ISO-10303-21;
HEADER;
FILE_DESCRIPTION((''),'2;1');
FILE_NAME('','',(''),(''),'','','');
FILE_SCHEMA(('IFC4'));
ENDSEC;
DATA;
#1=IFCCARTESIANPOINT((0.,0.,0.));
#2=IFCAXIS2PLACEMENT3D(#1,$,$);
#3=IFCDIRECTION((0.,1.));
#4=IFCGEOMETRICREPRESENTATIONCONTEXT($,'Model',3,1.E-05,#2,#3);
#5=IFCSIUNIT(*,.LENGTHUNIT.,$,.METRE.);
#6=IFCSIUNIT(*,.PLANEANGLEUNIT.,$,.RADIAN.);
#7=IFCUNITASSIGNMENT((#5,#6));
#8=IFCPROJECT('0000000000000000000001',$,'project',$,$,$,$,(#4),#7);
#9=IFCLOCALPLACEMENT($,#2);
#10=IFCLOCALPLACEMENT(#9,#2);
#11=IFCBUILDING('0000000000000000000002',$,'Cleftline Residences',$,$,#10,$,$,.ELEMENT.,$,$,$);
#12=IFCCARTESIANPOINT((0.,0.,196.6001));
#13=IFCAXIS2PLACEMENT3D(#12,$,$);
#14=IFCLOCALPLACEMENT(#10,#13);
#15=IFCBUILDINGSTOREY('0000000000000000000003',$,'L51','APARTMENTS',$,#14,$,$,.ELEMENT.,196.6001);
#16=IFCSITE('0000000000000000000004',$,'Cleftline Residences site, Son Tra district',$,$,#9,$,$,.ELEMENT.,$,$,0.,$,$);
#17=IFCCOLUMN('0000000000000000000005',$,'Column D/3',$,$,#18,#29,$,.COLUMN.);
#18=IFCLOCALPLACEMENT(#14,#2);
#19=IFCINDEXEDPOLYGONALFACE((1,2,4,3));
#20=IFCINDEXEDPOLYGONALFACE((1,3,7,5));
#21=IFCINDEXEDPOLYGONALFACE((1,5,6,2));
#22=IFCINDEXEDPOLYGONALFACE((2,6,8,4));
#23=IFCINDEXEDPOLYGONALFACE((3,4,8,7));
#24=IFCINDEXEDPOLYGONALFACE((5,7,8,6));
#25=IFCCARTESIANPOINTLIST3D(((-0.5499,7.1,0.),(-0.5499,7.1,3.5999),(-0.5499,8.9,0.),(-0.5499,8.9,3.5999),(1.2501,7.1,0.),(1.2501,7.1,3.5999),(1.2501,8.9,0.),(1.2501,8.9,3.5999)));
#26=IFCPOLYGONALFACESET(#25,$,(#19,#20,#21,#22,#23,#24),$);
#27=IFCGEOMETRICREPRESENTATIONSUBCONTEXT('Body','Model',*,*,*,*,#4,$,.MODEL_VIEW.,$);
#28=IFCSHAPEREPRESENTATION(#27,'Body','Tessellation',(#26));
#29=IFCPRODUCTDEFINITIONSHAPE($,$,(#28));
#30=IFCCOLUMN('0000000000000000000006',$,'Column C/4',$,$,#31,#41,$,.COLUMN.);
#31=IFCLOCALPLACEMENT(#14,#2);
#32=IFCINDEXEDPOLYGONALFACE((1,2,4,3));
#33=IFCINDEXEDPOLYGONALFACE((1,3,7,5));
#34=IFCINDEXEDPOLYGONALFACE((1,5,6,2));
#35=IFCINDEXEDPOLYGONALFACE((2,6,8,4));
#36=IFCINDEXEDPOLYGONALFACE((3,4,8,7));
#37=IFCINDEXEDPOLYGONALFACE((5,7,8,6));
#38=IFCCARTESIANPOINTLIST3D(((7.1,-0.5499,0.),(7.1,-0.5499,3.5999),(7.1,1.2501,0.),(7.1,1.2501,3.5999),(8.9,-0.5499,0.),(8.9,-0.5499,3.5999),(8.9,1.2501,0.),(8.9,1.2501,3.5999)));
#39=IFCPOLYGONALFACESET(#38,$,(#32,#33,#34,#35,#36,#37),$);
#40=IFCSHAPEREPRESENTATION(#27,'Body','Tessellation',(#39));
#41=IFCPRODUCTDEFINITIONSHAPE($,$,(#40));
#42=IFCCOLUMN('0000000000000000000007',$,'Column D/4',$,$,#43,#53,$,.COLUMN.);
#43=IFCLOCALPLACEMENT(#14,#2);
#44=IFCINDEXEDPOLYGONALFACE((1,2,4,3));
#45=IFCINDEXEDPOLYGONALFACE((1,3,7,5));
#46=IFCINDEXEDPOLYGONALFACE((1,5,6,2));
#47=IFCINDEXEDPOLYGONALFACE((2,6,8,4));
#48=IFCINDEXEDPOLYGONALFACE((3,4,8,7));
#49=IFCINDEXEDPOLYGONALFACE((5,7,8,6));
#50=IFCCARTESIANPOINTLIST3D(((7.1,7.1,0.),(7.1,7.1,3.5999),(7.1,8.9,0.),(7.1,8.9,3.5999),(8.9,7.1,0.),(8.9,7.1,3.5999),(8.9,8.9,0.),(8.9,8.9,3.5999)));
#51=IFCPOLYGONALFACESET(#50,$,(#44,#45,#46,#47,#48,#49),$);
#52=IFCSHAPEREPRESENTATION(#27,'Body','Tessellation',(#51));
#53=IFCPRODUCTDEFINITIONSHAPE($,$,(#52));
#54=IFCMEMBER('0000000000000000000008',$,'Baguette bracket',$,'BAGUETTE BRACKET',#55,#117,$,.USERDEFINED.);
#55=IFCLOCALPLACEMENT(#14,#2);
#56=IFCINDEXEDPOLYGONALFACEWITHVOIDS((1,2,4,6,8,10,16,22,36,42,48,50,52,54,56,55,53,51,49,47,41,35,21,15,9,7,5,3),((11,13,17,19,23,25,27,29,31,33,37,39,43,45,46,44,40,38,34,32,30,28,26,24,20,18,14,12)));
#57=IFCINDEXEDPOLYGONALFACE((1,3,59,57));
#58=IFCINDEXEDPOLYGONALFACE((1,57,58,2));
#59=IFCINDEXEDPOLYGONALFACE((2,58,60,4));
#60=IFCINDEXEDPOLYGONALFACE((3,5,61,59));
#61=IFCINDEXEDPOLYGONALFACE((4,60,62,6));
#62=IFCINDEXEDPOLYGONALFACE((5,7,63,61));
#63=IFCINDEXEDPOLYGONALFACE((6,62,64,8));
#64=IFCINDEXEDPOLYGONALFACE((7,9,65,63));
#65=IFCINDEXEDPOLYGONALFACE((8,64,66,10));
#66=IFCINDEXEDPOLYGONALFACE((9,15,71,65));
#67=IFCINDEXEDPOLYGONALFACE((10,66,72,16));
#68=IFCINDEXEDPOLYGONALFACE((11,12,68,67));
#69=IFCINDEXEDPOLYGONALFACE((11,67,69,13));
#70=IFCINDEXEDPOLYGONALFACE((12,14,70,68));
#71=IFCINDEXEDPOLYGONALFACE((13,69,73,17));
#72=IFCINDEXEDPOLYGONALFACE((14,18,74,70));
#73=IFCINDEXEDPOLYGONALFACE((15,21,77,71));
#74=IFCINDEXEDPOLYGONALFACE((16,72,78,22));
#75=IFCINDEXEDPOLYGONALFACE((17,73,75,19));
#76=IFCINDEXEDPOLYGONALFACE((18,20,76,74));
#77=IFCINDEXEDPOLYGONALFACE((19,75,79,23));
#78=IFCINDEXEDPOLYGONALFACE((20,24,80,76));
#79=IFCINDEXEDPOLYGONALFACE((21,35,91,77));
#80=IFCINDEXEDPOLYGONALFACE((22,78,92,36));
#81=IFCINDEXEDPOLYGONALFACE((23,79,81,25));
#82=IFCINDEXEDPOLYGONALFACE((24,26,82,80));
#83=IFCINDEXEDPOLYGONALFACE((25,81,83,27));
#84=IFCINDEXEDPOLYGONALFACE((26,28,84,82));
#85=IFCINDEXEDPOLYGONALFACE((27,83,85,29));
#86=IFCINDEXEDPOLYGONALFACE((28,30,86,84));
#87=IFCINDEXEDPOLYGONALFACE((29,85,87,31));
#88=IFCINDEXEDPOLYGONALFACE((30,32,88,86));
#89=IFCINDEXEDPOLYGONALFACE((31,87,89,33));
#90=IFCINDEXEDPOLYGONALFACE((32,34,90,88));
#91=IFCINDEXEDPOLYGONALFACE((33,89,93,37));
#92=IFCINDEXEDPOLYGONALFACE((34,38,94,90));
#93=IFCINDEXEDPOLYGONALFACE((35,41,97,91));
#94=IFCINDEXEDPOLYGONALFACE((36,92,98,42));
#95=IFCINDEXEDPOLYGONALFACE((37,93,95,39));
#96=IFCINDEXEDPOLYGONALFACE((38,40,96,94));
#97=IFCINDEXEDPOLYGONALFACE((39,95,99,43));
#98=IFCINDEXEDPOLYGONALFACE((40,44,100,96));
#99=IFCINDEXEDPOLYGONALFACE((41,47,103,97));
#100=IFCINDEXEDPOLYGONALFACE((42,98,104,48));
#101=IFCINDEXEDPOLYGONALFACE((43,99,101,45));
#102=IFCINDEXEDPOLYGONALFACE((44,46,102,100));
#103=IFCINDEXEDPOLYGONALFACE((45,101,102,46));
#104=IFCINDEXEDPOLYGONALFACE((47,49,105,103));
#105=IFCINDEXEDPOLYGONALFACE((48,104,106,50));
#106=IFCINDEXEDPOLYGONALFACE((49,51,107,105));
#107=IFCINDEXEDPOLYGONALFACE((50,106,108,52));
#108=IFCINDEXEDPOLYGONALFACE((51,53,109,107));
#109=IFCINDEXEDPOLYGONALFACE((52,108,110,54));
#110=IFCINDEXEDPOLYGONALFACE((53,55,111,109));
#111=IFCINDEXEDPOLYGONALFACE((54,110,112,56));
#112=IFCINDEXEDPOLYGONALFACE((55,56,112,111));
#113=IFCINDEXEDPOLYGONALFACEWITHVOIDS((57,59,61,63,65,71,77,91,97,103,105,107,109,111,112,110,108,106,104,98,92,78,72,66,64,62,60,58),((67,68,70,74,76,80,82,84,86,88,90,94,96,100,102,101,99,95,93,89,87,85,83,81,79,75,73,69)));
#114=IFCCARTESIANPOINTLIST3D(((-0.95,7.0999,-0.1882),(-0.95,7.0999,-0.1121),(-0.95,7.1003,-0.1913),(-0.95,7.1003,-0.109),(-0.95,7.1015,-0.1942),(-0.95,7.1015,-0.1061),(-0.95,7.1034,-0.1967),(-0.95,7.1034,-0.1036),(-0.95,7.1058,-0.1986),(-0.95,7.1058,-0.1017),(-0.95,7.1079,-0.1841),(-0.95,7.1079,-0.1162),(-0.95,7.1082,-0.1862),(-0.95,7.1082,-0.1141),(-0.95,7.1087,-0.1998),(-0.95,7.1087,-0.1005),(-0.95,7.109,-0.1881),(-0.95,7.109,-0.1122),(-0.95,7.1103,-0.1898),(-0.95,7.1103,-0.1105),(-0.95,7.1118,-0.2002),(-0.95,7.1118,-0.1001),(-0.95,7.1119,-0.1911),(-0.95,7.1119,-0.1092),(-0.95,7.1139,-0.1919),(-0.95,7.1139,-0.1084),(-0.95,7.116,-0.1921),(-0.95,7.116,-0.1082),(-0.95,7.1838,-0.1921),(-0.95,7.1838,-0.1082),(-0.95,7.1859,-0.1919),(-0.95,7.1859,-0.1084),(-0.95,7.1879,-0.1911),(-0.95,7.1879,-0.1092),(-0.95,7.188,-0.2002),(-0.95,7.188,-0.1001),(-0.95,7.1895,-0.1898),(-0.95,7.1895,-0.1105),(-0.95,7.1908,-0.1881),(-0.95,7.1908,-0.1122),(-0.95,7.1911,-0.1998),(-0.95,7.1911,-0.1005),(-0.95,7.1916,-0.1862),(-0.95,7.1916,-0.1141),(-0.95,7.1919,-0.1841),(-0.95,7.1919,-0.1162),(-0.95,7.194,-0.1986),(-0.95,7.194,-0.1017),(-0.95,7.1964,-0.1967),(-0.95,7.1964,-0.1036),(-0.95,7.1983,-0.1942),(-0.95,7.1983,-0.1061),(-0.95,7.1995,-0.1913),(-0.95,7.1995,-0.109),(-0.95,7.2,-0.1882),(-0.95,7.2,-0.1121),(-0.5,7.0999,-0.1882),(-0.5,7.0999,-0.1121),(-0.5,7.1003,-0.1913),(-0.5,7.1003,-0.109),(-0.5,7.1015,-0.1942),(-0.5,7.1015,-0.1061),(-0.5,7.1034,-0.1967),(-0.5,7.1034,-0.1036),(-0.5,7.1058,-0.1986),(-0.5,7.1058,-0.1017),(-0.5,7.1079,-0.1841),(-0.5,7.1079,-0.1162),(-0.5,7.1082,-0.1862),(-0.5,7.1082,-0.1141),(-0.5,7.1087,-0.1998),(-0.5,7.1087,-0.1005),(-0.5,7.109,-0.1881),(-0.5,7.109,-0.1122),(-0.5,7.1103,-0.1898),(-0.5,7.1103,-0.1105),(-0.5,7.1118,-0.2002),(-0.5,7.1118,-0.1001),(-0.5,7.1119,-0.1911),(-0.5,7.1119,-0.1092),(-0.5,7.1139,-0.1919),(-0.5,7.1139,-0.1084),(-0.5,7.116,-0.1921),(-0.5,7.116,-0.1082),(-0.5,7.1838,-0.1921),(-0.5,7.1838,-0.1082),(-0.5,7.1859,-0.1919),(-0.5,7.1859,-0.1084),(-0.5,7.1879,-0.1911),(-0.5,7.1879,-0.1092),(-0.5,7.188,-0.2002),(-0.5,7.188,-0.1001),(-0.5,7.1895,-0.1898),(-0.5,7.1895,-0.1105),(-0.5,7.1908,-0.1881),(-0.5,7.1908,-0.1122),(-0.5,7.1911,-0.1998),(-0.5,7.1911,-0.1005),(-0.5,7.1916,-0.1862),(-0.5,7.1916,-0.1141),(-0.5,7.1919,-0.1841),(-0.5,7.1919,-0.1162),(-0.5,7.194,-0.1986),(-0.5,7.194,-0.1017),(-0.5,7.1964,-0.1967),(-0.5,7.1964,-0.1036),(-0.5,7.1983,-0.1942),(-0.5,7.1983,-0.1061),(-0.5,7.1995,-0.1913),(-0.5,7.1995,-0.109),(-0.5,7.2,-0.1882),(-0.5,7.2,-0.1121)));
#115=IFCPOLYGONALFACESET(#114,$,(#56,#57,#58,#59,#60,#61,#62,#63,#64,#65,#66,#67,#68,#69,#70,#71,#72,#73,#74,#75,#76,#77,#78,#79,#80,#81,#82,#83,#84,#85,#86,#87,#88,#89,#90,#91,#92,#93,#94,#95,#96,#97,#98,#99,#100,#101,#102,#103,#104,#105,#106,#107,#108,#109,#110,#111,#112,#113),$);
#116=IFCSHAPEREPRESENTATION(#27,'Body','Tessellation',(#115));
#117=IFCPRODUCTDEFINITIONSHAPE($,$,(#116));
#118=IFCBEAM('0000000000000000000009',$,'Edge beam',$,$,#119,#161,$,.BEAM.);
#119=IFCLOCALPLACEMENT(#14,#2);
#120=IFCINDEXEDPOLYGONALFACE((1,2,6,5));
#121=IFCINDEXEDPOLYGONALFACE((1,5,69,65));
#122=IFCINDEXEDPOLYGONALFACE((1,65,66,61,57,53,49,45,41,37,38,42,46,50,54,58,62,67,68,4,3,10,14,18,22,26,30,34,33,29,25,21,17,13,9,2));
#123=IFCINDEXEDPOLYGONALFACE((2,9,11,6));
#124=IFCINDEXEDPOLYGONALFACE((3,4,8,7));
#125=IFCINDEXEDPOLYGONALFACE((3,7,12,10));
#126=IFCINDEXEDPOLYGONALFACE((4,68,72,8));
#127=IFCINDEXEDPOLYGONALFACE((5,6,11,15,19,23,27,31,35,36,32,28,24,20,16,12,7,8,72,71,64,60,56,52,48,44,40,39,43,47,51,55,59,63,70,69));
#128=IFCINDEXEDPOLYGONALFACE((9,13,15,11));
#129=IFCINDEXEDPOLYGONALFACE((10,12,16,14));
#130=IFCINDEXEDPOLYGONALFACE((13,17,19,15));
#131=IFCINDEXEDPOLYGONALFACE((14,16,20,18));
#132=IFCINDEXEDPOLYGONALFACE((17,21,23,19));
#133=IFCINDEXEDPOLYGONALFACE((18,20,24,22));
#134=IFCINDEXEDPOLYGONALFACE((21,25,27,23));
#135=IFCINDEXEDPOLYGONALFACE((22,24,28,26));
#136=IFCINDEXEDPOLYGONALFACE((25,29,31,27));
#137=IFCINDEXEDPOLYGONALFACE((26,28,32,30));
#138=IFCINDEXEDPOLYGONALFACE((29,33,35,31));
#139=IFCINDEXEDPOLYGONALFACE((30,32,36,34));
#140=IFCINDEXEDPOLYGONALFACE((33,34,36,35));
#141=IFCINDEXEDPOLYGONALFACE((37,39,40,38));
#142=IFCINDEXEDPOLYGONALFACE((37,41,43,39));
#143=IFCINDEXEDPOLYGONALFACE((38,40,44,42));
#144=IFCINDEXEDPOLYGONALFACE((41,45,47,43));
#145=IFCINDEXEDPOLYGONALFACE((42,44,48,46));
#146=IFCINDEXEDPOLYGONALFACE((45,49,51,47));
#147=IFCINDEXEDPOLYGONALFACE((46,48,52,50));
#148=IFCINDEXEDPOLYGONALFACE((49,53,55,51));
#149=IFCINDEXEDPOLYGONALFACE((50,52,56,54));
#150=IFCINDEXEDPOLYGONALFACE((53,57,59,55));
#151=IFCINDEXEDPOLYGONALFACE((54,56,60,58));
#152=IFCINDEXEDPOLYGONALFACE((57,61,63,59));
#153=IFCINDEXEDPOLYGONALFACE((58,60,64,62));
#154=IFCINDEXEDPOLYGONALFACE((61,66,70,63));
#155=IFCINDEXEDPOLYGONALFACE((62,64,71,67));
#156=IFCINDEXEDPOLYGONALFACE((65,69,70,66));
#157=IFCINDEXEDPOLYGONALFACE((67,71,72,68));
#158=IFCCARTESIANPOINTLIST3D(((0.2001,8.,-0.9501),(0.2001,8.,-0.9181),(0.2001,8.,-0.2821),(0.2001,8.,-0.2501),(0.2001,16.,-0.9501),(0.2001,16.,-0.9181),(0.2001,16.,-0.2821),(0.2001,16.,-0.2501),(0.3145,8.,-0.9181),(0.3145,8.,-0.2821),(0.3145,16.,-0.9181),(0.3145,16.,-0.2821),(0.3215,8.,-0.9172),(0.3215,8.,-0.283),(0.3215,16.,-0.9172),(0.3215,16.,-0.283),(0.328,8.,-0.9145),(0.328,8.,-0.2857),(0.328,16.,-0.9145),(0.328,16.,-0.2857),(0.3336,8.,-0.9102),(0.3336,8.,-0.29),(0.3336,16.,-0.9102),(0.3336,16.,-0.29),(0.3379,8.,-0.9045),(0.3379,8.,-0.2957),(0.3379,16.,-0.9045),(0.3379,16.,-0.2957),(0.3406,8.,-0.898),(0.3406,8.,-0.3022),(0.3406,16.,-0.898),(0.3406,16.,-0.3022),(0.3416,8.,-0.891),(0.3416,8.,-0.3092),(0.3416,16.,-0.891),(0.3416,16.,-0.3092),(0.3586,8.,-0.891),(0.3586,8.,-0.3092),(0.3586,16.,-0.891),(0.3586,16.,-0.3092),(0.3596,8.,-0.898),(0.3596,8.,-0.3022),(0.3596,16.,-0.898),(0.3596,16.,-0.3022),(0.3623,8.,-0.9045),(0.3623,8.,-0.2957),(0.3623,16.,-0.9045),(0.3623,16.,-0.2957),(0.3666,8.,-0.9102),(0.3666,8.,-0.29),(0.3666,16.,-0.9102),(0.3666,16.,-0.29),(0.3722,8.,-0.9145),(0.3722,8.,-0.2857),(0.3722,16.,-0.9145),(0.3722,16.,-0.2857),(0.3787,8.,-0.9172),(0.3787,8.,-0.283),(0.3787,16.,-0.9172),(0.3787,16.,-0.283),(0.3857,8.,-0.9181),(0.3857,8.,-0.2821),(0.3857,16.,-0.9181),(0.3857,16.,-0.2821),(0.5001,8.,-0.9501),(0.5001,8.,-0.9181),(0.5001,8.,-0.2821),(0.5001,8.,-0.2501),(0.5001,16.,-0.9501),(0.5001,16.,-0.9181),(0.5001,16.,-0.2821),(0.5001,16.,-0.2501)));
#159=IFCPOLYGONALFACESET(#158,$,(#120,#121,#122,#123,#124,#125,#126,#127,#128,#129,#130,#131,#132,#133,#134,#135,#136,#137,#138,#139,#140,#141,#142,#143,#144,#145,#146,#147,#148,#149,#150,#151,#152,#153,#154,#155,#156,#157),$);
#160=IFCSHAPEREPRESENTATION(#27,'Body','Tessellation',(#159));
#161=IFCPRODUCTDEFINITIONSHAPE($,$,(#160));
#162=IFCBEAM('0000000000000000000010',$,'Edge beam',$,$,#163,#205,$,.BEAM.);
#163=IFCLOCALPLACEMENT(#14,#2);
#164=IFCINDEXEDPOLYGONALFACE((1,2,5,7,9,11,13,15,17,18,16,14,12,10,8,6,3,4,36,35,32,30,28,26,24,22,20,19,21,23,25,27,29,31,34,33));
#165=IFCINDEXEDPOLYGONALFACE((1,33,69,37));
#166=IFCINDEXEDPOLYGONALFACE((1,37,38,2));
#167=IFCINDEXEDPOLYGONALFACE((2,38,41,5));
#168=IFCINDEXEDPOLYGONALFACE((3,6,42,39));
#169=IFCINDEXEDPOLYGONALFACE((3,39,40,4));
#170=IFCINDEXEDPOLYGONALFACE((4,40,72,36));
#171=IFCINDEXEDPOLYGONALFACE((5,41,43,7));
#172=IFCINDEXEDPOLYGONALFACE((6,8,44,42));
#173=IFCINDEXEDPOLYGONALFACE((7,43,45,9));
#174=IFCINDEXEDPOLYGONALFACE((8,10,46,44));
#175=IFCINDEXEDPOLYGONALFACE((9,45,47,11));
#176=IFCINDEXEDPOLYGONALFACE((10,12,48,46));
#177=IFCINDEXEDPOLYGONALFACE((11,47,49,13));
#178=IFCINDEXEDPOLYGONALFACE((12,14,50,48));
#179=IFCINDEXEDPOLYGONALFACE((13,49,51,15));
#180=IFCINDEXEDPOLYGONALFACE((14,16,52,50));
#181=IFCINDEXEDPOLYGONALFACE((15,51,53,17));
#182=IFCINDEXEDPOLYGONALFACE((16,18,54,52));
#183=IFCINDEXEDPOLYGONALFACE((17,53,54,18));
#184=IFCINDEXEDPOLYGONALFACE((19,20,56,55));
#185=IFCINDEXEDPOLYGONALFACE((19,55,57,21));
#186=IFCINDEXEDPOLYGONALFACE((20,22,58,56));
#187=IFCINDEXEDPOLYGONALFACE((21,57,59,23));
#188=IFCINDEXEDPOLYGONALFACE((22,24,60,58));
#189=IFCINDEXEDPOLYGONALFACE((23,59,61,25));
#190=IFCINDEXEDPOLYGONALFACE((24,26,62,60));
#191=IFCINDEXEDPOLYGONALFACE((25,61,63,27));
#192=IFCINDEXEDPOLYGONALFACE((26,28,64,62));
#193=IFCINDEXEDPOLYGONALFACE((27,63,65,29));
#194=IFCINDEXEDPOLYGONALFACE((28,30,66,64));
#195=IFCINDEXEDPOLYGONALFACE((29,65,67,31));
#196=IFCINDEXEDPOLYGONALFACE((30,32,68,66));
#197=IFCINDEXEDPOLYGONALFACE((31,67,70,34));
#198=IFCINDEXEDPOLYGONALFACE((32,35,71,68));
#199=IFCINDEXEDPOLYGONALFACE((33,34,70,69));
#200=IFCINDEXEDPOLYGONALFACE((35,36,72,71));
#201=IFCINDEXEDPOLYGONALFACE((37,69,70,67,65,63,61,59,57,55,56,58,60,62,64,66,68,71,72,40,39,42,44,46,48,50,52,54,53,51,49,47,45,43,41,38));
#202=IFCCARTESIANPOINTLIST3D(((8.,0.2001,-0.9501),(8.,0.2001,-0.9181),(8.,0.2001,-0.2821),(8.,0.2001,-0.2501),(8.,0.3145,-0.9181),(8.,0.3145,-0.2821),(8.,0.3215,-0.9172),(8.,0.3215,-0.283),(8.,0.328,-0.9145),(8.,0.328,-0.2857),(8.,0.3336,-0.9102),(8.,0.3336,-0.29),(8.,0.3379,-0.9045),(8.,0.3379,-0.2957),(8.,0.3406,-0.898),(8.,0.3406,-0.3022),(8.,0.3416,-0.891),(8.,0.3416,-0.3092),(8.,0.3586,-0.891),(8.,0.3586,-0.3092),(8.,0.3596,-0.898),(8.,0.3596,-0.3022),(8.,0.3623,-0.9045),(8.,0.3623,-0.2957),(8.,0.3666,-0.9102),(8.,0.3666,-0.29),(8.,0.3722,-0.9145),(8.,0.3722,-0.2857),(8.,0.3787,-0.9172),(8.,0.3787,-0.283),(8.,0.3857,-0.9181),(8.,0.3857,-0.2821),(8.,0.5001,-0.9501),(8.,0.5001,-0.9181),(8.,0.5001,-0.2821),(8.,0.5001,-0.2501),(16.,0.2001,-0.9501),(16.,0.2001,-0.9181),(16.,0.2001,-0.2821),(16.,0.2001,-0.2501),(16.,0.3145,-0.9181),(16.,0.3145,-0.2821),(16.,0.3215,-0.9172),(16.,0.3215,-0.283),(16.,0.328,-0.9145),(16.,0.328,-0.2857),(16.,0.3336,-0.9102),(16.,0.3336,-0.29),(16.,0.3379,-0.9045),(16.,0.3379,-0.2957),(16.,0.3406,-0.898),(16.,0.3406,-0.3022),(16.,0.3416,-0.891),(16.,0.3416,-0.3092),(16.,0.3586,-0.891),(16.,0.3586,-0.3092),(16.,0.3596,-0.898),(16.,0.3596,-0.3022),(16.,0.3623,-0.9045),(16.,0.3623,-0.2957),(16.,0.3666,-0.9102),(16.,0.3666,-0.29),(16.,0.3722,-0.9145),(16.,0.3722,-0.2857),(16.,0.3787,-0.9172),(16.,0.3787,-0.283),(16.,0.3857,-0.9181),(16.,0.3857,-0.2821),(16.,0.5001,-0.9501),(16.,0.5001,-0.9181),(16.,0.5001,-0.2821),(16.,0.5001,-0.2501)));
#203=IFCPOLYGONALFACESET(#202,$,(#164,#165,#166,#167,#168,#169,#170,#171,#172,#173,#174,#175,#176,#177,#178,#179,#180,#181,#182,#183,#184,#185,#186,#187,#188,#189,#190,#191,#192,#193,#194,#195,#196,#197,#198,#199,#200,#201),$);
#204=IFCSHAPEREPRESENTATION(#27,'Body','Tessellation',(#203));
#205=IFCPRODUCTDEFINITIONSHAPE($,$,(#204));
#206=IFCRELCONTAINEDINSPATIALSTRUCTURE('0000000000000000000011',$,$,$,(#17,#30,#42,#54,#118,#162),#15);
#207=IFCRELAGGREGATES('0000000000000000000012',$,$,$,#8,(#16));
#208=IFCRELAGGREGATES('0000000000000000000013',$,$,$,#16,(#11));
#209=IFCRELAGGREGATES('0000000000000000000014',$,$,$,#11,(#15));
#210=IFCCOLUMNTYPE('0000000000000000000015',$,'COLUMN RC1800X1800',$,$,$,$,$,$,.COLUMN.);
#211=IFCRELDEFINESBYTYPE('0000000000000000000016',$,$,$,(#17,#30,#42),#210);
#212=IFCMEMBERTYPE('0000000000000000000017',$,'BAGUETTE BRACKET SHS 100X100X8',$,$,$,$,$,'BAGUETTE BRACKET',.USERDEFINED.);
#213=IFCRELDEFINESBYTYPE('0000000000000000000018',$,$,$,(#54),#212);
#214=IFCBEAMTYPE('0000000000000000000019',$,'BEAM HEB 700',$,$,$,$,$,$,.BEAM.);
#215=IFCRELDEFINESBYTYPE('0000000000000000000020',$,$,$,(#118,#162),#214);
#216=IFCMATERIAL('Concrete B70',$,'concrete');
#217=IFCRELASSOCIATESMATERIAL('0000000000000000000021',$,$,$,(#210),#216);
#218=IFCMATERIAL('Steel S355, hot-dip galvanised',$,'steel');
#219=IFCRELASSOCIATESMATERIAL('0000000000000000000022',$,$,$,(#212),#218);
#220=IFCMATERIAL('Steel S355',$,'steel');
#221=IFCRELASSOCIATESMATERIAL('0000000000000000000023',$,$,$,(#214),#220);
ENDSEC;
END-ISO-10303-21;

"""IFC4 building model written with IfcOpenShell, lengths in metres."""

from ifc_helpers import new_model, si_unit, direction, frame, origin, origin_2d, place, context, subcontext, project, spatial, rectangle, hollow_rectangle, i_section, extrude, material, material_profile, profile_set, type_object, element, save


model = new_model("IFC4")

# Units and contexts
model_context = context("Model", 3, precision=1e-05, world=origin(), true_north=direction((0.0, 1.0)))
body_context = subcontext(model_context, "Body", "Model", "MODEL_VIEW")
ifc_project = project(units=[si_unit("LENGTHUNIT", "METRE"), si_unit("PLANEANGLEUNIT", "RADIAN")], contexts=[model_context])

# Site, building, storey
site_placement = place(None, origin())
site = spatial("IfcSite", under=ifc_project, at=site_placement, Name="Cleftline Residences site, Son Tra district", CompositionType="ELEMENT", RefElevation=0.0)
building_placement = place(site_placement, origin())
building = spatial("IfcBuilding", under=site, at=building_placement, Name="Cleftline Residences", CompositionType="ELEMENT")
storey_placement = place(building_placement, frame((0.0, 0.0, 196.6001)))
storey = spatial("IfcBuildingStorey", under=building, at=storey_placement, Name="L51", Description="APARTMENTS", CompositionType="ELEMENT", Elevation=196.6001)

# Columns
ifc_material_1 = material(Name="Concrete B70", Category="concrete")
ifc_material_profile_1 = material_profile(ifc_material_1, rectangle(XDim=1.8, YDim=1.8, at=origin_2d()))
ifc_profile_set_1 = profile_set([ifc_material_profile_1], Name="Concrete B70")
column_type = type_object("IfcColumnType", Name="COLUMN RC1800X1800", PredefinedType="COLUMN", material=ifc_profile_set_1)
for number, where, z_axis, x_axis, name in (
    (1, (0.3501, 8.0, 0.0), (0.0, 0.0, 1.0), (1.0, 0.0, 0.0), "Column D/3"),
    (2, (8.0, 0.3501, 0.0), (0.0, 0.0, 1.0), (1.0, 0.0, 0.0), "Column C/4"),
    (3, (8.0, 8.0, 0.0), (0.0, 0.0, 1.0), (1.0, 0.0, 0.0), "Column D/4"),
):
    element("IfcColumn", number, at=place(storey_placement, frame(where, z_axis=z_axis, x_axis=x_axis)), inside=storey, type_object=column_type, Name=name, PredefinedType="COLUMN", context=body_context, shape_type="SweptSolid", body=[
        extrude(rectangle(XDim=1.8, YDim=1.8, at=origin_2d()), origin(), (0.0, 0.0, 1.0), 3.5999),
    ])

# Member
ifc_material_2 = material(Name="Steel S355, hot-dip galvanised", Category="steel")
ifc_material_profile_2 = material_profile(ifc_material_2, hollow_rectangle(XDim=0.1001, YDim=0.1001, WallThickness=0.0081, InnerFilletRadius=0.0081, OuterFilletRadius=0.012, at=origin_2d()))
ifc_profile_set_2 = profile_set([ifc_material_profile_2], Name="Steel S355, hot-dip galvanised")
member_type_1 = type_object("IfcMemberType", Name="BAGUETTE BRACKET SHS 100X100X8", ElementType="BAGUETTE BRACKET", PredefinedType="USERDEFINED", material=ifc_profile_set_2)
member_placement = place(storey_placement, frame((-0.5, 7.1499, -0.1501), z_axis=(-1.0, 0.0, 0.0), x_axis=(0.0, -1.0, 0.0)))
element("IfcMember", 4, at=member_placement, inside=storey, type_object=member_type_1, Name="Baguette bracket", ObjectType="BAGUETTE BRACKET", PredefinedType="USERDEFINED", context=body_context, shape_type="SweptSolid", body=[
    extrude(hollow_rectangle(XDim=0.1001, YDim=0.1001, WallThickness=0.0081, InnerFilletRadius=0.0081, OuterFilletRadius=0.012, at=origin_2d()), origin(), (0.0, 0.0, 1.0), 0.45),
])

# Beams
ifc_material_3 = material(Name="Steel S355", Category="steel")
ifc_material_profile_3 = material_profile(ifc_material_3, i_section(OverallWidth=0.3, OverallDepth=0.7, WebThickness=0.0171, FlangeThickness=0.032, FilletRadius=0.0271, at=origin_2d()))
ifc_profile_set_3 = profile_set([ifc_material_profile_3], Name="Steel S355")
beam_type = type_object("IfcBeamType", Name="BEAM HEB 700", PredefinedType="BEAM", material=ifc_profile_set_3)
for number, where, z_axis, x_axis, name in (
    (5, (0.3501, 8.0, -0.6001), (0.0, 1.0, 0.0), (-1.0, 0.0, 0.0), "Edge beam"),
    (6, (8.0, 0.3501, -0.6001), (1.0, 0.0, 0.0), (0.0, 1.0, 0.0), "Edge beam"),
):
    element("IfcBeam", number, at=place(storey_placement, frame(where, z_axis=z_axis, x_axis=x_axis)), inside=storey, type_object=beam_type, Name=name, PredefinedType="BEAM", context=body_context, shape_type="SweptSolid", body=[
        extrude(i_section(OverallWidth=0.3, OverallDepth=0.7, WebThickness=0.0171, FlangeThickness=0.032, FilletRadius=0.0271, at=origin_2d()), origin(), (0.0, 0.0, 1.0), 8.0),
    ])

save(model, "model.ifc")
